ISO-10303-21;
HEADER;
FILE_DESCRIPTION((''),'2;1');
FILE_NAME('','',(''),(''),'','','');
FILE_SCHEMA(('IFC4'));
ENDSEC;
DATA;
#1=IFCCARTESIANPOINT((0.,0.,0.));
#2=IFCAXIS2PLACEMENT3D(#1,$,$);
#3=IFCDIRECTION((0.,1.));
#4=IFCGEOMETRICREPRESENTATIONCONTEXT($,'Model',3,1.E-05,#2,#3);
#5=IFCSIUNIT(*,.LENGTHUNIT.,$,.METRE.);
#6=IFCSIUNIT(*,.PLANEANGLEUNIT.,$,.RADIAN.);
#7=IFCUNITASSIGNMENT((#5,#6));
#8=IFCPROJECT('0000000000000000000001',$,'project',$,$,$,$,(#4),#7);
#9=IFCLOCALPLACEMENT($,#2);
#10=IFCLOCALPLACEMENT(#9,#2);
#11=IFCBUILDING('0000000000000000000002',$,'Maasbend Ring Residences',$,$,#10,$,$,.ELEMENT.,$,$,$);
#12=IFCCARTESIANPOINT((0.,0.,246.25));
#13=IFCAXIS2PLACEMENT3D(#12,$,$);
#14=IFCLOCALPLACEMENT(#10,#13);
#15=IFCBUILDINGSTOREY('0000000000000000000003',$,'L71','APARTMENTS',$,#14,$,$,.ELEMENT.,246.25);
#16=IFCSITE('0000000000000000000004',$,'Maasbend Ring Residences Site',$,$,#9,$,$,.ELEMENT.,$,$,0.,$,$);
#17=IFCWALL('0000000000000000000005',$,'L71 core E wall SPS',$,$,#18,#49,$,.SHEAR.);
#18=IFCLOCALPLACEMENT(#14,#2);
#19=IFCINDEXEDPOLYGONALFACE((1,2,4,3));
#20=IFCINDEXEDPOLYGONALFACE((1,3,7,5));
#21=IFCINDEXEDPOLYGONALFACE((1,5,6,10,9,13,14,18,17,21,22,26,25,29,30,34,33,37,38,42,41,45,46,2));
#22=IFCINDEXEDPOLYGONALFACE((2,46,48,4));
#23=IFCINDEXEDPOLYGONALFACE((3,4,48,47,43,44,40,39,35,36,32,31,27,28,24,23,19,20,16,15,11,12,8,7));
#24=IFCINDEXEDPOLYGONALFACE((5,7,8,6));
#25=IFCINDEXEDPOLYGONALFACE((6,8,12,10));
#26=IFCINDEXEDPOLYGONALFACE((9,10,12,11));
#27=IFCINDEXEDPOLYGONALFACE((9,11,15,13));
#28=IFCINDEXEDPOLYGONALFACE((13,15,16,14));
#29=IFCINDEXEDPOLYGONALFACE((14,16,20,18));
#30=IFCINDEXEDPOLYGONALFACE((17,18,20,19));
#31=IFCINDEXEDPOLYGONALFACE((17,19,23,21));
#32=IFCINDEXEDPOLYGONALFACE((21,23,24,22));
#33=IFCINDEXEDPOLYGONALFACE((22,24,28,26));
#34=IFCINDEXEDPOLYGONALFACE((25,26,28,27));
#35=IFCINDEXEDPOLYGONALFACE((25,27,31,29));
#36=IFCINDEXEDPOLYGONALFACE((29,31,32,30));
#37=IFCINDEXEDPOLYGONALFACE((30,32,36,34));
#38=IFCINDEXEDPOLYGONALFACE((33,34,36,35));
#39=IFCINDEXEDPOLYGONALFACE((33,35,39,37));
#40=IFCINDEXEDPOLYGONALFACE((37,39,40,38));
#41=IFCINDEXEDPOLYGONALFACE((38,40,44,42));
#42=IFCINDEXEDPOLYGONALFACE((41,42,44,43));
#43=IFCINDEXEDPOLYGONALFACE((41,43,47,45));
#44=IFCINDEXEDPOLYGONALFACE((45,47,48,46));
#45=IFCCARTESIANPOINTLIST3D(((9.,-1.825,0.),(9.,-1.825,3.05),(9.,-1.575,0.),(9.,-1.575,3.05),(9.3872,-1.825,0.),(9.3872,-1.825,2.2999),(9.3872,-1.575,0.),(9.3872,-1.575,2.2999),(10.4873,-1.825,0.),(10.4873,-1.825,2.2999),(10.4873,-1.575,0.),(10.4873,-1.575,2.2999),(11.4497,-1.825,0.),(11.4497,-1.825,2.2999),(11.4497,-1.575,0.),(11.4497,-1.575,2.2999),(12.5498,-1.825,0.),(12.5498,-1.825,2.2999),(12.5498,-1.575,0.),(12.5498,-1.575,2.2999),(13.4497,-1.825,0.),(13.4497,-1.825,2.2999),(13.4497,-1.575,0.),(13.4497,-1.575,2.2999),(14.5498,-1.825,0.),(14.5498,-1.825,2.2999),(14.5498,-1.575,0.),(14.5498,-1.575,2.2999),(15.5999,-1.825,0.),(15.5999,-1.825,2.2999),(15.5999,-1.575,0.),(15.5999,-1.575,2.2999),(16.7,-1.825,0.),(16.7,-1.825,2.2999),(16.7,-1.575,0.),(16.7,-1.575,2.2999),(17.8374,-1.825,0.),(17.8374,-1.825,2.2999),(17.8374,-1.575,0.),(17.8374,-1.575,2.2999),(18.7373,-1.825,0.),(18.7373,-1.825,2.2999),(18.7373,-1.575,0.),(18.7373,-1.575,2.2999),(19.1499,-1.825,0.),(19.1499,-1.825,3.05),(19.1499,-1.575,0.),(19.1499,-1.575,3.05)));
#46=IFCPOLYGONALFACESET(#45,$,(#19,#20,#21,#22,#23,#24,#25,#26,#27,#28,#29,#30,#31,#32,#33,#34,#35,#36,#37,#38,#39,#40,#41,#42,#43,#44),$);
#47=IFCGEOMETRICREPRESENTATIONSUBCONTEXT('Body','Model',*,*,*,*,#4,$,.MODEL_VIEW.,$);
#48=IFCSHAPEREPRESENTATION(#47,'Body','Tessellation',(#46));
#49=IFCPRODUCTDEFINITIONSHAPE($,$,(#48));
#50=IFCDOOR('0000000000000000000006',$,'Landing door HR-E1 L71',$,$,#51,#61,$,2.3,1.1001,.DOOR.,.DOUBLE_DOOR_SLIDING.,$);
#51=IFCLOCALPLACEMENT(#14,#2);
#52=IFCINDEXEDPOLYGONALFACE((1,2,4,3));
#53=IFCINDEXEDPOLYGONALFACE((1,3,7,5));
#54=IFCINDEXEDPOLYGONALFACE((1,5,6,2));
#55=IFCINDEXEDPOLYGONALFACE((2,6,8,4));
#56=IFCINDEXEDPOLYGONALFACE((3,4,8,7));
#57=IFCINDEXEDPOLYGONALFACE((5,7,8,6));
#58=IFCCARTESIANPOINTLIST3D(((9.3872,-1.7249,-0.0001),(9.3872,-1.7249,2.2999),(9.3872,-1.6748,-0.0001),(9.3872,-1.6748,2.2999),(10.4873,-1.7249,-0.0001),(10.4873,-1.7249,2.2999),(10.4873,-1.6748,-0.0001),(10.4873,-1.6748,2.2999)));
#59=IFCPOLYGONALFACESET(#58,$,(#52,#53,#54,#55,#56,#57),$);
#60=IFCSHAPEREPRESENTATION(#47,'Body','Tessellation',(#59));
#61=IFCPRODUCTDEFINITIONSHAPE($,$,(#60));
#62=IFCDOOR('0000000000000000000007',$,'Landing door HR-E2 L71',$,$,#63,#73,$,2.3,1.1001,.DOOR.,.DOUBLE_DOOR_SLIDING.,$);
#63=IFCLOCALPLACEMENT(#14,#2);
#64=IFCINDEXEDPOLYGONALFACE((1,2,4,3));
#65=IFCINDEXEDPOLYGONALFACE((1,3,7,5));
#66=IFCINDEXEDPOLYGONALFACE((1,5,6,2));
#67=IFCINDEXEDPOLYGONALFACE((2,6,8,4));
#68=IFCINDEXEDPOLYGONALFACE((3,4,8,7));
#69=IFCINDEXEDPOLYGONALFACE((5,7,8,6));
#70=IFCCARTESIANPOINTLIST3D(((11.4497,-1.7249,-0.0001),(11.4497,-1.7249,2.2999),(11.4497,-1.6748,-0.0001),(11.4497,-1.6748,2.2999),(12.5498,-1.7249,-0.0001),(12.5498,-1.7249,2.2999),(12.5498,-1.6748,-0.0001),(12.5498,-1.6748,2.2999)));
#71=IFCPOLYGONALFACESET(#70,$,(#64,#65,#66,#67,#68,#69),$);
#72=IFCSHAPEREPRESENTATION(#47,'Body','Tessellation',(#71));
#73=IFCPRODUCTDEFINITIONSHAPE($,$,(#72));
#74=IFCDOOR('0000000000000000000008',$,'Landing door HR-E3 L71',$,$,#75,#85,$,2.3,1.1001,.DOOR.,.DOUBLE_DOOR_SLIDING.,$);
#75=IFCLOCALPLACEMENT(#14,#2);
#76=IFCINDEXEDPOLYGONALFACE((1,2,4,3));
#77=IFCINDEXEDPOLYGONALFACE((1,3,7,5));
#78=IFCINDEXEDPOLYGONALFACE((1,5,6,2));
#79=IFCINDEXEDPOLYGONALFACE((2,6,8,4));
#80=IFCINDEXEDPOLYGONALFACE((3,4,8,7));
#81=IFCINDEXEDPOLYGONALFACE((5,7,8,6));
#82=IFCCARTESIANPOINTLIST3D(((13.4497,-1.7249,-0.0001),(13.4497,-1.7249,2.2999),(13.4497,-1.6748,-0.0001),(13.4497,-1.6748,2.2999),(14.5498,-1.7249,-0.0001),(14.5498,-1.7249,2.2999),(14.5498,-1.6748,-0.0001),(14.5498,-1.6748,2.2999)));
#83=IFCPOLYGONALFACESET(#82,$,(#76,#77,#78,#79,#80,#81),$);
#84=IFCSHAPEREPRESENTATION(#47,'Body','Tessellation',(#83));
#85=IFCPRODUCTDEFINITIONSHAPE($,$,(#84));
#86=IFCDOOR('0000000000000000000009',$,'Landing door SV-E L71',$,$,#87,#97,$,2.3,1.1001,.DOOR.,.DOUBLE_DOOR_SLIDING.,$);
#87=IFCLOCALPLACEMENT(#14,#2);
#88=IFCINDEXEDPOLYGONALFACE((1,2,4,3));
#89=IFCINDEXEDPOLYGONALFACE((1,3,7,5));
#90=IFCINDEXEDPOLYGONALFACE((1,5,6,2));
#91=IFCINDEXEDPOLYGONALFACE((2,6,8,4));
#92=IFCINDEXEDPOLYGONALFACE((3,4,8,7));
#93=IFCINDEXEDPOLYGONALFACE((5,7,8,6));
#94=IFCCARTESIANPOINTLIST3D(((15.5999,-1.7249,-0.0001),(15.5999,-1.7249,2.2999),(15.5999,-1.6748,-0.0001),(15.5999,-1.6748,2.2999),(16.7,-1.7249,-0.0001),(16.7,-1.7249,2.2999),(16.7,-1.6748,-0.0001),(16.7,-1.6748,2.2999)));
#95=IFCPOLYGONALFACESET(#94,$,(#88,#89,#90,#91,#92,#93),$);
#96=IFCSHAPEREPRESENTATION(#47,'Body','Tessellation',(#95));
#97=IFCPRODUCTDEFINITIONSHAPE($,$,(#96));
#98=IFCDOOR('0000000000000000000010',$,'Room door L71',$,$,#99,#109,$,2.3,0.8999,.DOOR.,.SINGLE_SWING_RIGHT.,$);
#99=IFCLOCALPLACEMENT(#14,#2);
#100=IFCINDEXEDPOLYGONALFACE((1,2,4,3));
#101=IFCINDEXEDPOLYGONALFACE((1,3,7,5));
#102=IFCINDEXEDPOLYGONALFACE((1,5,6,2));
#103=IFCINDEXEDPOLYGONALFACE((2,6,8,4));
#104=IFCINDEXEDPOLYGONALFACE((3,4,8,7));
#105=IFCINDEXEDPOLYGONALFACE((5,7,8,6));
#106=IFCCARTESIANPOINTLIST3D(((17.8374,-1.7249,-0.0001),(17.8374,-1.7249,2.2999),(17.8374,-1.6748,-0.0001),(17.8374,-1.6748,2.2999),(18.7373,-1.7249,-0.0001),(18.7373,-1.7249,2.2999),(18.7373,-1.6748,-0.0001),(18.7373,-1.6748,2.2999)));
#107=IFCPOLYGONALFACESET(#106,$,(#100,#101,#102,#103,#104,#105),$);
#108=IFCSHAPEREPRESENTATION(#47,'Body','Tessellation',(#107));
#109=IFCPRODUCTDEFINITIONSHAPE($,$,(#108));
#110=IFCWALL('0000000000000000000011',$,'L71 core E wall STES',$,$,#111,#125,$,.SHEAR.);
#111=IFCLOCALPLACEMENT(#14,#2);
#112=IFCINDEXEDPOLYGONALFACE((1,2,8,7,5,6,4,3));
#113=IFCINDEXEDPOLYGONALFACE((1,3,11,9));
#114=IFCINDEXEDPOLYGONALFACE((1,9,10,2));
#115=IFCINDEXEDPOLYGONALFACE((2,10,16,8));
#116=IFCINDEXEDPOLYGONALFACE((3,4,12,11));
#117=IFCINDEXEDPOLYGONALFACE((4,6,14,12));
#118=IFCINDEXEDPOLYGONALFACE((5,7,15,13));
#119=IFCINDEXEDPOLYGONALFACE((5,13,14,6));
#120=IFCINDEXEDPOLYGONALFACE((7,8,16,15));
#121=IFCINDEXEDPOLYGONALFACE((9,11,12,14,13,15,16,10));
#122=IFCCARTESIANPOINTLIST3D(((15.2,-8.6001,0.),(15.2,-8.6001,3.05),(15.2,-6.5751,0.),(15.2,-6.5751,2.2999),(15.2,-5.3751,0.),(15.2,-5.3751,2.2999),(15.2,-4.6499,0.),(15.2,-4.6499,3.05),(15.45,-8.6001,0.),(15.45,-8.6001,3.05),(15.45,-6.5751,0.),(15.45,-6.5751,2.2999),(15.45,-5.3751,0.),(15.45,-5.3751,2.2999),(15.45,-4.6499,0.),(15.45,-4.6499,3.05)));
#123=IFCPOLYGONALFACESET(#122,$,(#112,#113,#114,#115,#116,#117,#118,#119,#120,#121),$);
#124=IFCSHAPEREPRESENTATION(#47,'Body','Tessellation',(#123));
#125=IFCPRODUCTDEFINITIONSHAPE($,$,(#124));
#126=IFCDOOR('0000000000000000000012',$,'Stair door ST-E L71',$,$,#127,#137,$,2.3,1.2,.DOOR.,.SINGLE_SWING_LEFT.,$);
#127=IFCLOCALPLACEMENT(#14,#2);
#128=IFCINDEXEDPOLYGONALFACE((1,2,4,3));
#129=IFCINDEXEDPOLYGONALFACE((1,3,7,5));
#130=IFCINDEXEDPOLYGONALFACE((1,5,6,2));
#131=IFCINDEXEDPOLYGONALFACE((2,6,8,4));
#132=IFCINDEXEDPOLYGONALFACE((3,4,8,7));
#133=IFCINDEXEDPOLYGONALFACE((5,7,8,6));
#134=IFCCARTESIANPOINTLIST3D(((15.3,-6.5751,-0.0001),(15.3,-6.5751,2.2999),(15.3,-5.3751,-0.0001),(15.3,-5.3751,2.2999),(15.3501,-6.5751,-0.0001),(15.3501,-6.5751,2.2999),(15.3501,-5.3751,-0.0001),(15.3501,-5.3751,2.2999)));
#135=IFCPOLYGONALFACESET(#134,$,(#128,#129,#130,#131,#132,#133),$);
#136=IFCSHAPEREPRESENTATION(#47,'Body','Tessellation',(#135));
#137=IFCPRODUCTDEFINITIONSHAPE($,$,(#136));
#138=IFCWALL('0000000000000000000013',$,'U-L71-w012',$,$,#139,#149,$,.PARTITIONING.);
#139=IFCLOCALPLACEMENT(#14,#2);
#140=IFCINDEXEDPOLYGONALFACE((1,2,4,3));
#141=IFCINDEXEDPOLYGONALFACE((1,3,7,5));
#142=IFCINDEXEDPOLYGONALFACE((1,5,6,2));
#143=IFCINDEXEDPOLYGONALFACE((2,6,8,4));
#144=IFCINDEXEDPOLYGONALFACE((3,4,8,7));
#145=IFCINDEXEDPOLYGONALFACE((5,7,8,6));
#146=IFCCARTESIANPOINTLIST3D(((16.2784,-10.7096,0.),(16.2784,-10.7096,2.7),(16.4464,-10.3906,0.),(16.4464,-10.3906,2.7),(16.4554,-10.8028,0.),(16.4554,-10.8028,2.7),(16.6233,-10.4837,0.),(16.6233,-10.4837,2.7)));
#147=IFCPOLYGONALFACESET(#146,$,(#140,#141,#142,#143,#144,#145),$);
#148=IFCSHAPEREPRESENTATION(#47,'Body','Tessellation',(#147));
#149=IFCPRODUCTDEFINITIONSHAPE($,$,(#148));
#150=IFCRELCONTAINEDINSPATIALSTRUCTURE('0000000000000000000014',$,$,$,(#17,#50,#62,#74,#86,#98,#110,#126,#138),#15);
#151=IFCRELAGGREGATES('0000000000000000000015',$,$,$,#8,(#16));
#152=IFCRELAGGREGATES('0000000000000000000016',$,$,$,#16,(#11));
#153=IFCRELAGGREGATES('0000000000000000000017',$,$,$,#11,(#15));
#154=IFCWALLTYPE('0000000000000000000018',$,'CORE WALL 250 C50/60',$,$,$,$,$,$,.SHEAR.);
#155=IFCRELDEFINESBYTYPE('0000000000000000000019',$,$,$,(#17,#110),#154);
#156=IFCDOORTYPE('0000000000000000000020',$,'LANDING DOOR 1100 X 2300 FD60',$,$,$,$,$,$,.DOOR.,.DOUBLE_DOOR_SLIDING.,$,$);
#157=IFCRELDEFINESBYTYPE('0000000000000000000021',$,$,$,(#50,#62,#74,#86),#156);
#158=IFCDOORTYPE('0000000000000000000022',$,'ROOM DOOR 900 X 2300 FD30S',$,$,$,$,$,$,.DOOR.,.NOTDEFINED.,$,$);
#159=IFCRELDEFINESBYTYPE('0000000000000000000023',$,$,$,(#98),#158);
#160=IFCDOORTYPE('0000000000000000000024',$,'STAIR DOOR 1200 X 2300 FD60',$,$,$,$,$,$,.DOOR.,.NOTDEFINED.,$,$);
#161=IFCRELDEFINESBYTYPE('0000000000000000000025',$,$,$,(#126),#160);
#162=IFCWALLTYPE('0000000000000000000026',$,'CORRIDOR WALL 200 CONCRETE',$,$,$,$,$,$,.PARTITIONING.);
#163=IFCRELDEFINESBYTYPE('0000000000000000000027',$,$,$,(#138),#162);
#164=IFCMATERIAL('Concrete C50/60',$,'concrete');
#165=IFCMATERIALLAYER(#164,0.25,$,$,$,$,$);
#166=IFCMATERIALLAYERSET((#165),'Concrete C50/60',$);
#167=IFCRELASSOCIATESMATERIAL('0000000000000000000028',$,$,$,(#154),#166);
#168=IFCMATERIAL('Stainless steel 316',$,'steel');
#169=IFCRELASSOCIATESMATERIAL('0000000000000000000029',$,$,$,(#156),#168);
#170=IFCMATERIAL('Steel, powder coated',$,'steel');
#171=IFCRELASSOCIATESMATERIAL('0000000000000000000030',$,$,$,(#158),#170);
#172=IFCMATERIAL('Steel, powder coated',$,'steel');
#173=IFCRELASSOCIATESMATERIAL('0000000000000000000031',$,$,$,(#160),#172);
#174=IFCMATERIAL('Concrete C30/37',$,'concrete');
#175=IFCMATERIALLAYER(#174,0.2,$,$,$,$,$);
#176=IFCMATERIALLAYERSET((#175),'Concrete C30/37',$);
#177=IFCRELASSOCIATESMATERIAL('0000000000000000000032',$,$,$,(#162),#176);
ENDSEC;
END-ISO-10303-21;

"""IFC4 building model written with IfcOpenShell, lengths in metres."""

from ifc_helpers import new_model, si_unit, direction, frame, frame_2d, origin, place, context, subcontext, project, spatial, rectangle, extrude, material, layer, layer_set, type_object, element, fill, save


model = new_model("IFC4")

# Units and contexts
model_context = context("Model", 3, precision=1e-05, world=origin(), true_north=direction((0.0, 1.0)))
body_context = subcontext(model_context, "Body", "Model", "MODEL_VIEW")
ifc_project = project(units=[si_unit("LENGTHUNIT", "METRE"), si_unit("PLANEANGLEUNIT", "RADIAN")], contexts=[model_context])

# Site, building, storey
site_placement = place(None, origin())
site = spatial("IfcSite", under=ifc_project, at=site_placement, Name="Maasbend Ring Residences Site", CompositionType="ELEMENT", RefElevation=0.0)
building_placement = place(site_placement, origin())
building = spatial("IfcBuilding", under=site, at=building_placement, Name="Maasbend Ring Residences", CompositionType="ELEMENT")
storey_placement = place(building_placement, frame((0.0, 0.0, 246.25)))
storey = spatial("IfcBuildingStorey", under=building, at=storey_placement, Name="L71", Description="APARTMENTS", CompositionType="ELEMENT", Elevation=246.25)

# Wall, openings, doors
ifc_material_1 = material(Name="Concrete C50/60", Category="concrete")
ifc_layer_1 = layer(ifc_material_1, 0.25)
ifc_layer_set_1 = layer_set([ifc_layer_1], Name="Concrete C50/60")
wall_type_1 = type_object("IfcWallType", Name="CORE WALL 250 C50/60", PredefinedType="SHEAR", material=ifc_layer_set_1)
wall_1_placement = place(storey_placement, frame((19.1499, -1.7, 0.0), z_axis=(0.0, 0.0, 1.0), x_axis=(-1.0, 0.0, 0.0)))
wall_1 = element("IfcWall", 1, at=wall_1_placement, inside=storey, type_object=wall_type_1, Name="L71 core E wall SPS", PredefinedType="SHEAR", context=body_context, shape_type="SweptSolid", body=[
    extrude(rectangle(XDim=10.1499, YDim=0.25, at=frame_2d((5.075, 0.0))), origin(), (0.0, 0.0, 1.0), 3.05),
])
opening_1_placement = place(wall_1_placement, frame((8.6626, 0.0, 0.0)))
opening_1 = element("IfcOpeningElement", 2, at=opening_1_placement, cuts=wall_1, PredefinedType="OPENING", context=body_context, shape_type="SweptSolid", body=[
    extrude(rectangle(XDim=1.1001, YDim=2.3, at=frame_2d((0.55, 1.1499))), frame((0.0, 0.135, 0.0), z_axis=(0.0, -1.0, 0.0), x_axis=(1.0, 0.0, 0.0)), (0.0, 0.0, 1.0), 0.27),
])
opening_2_placement = place(wall_1_placement, frame((6.6001, 0.0, 0.0)))
opening_2 = element("IfcOpeningElement", 3, at=opening_2_placement, cuts=wall_1, PredefinedType="OPENING", context=body_context, shape_type="SweptSolid", body=[
    extrude(rectangle(XDim=1.1001, YDim=2.3, at=frame_2d((0.55, 1.1499))), frame((0.0, 0.135, 0.0), z_axis=(0.0, -1.0, 0.0), x_axis=(1.0, 0.0, 0.0)), (0.0, 0.0, 1.0), 0.27),
])
opening_3_placement = place(wall_1_placement, frame((4.6001, 0.0, 0.0)))
opening_3 = element("IfcOpeningElement", 4, at=opening_3_placement, cuts=wall_1, PredefinedType="OPENING", context=body_context, shape_type="SweptSolid", body=[
    extrude(rectangle(XDim=1.1001, YDim=2.3, at=frame_2d((0.55, 1.1499))), frame((0.0, 0.135, 0.0), z_axis=(0.0, -1.0, 0.0), x_axis=(1.0, 0.0, 0.0)), (0.0, 0.0, 1.0), 0.27),
])
opening_4_placement = place(wall_1_placement, frame((2.45, 0.0, 0.0)))
opening_4 = element("IfcOpeningElement", 5, at=opening_4_placement, cuts=wall_1, PredefinedType="OPENING", context=body_context, shape_type="SweptSolid", body=[
    extrude(rectangle(XDim=1.1001, YDim=2.3, at=frame_2d((0.55, 1.1499))), frame((0.0, 0.135, 0.0), z_axis=(0.0, -1.0, 0.0), x_axis=(1.0, 0.0, 0.0)), (0.0, 0.0, 1.0), 0.27),
])
opening_5_placement = place(wall_1_placement, frame((0.4126, 0.0, 0.0)))
opening_5 = element("IfcOpeningElement", 6, at=opening_5_placement, cuts=wall_1, PredefinedType="OPENING", context=body_context, shape_type="SweptSolid", body=[
    extrude(rectangle(XDim=0.8999, YDim=2.3, at=frame_2d((0.45, 1.1499))), frame((0.0, 0.135, 0.0), z_axis=(0.0, -1.0, 0.0), x_axis=(1.0, 0.0, 0.0)), (0.0, 0.0, 1.0), 0.27),
])
ifc_material_2 = material(Name="Stainless steel 316", Category="steel")
door_type_1 = type_object("IfcDoorType", Name="LANDING DOOR 1100 X 2300 FD60", OperationType="DOUBLE_DOOR_SLIDING", PredefinedType="DOOR", material=ifc_material_2)
door_1_placement = place(opening_1_placement, origin())
door_1 = element("IfcDoor", 7, at=door_1_placement, inside=storey, type_object=door_type_1, Name="Landing door HR-E1 L71", OperationType="DOUBLE_DOOR_SLIDING", OverallHeight=2.3, OverallWidth=1.1001, PredefinedType="DOOR", context=body_context, shape_type="SweptSolid", body=[
    extrude(rectangle(XDim=1.1001, YDim=2.3, at=frame_2d((0.55, 1.1499))), frame((0.0, 0.0249, 0.0), z_axis=(0.0, -1.0, 0.0), x_axis=(1.0, 0.0, 0.0)), (0.0, 0.0, 1.0), 0.05),
])
fill(opening_1, door_1)
door_2_placement = place(opening_2_placement, origin())
door_2 = element("IfcDoor", 8, at=door_2_placement, inside=storey, type_object=door_type_1, Name="Landing door HR-E2 L71", OperationType="DOUBLE_DOOR_SLIDING", OverallHeight=2.3, OverallWidth=1.1001, PredefinedType="DOOR", context=body_context, shape_type="SweptSolid", body=[
    extrude(rectangle(XDim=1.1001, YDim=2.3, at=frame_2d((0.55, 1.1499))), frame((0.0, 0.0249, 0.0), z_axis=(0.0, -1.0, 0.0), x_axis=(1.0, 0.0, 0.0)), (0.0, 0.0, 1.0), 0.05),
])
fill(opening_2, door_2)
door_3_placement = place(opening_3_placement, origin())
door_3 = element("IfcDoor", 9, at=door_3_placement, inside=storey, type_object=door_type_1, Name="Landing door HR-E3 L71", OperationType="DOUBLE_DOOR_SLIDING", OverallHeight=2.3, OverallWidth=1.1001, PredefinedType="DOOR", context=body_context, shape_type="SweptSolid", body=[
    extrude(rectangle(XDim=1.1001, YDim=2.3, at=frame_2d((0.55, 1.1499))), frame((0.0, 0.0249, 0.0), z_axis=(0.0, -1.0, 0.0), x_axis=(1.0, 0.0, 0.0)), (0.0, 0.0, 1.0), 0.05),
])
fill(opening_3, door_3)
door_4_placement = place(opening_4_placement, origin())
door_4 = element("IfcDoor", 10, at=door_4_placement, inside=storey, type_object=door_type_1, Name="Landing door SV-E L71", OperationType="DOUBLE_DOOR_SLIDING", OverallHeight=2.3, OverallWidth=1.1001, PredefinedType="DOOR", context=body_context, shape_type="SweptSolid", body=[
    extrude(rectangle(XDim=1.1001, YDim=2.3, at=frame_2d((0.55, 1.1499))), frame((0.0, 0.0249, 0.0), z_axis=(0.0, -1.0, 0.0), x_axis=(1.0, 0.0, 0.0)), (0.0, 0.0, 1.0), 0.05),
])
fill(opening_4, door_4)
ifc_material_3 = material(Name="Steel, powder coated", Category="steel")
door_type_2 = type_object("IfcDoorType", Name="ROOM DOOR 900 X 2300 FD30S", OperationType="NOTDEFINED", PredefinedType="DOOR", material=ifc_material_3)
door_5_placement = place(opening_5_placement, origin())
door_5 = element("IfcDoor", 11, at=door_5_placement, inside=storey, type_object=door_type_2, Name="Room door L71", OperationType="SINGLE_SWING_RIGHT", OverallHeight=2.3, OverallWidth=0.8999, PredefinedType="DOOR", context=body_context, shape_type="SweptSolid", body=[
    extrude(rectangle(XDim=0.8999, YDim=2.3, at=frame_2d((0.45, 1.1499))), frame((0.0, 0.0249, 0.0), z_axis=(0.0, -1.0, 0.0), x_axis=(1.0, 0.0, 0.0)), (0.0, 0.0, 1.0), 0.05),
])
fill(opening_5, door_5)

# Wall, opening, door
wall_2_placement = place(storey_placement, frame((15.325, -8.6001, 0.0), z_axis=(0.0, 0.0, 1.0), x_axis=(0.0, 1.0, 0.0)))
wall_2 = element("IfcWall", 12, at=wall_2_placement, inside=storey, type_object=wall_type_1, Name="L71 core E wall STES", PredefinedType="SHEAR", context=body_context, shape_type="SweptSolid", body=[
    extrude(rectangle(XDim=3.9502, YDim=0.25, at=frame_2d((1.9751, 0.0))), origin(), (0.0, 0.0, 1.0), 3.05),
])
opening_6_placement = place(wall_2_placement, frame((2.0249, 0.0, 0.0)))
opening_6 = element("IfcOpeningElement", 13, at=opening_6_placement, cuts=wall_2, PredefinedType="OPENING", context=body_context, shape_type="SweptSolid", body=[
    extrude(rectangle(XDim=1.2, YDim=2.3, at=frame_2d((0.6001, 1.1499))), frame((0.0, 0.135, 0.0), z_axis=(0.0, -1.0, 0.0), x_axis=(1.0, 0.0, 0.0)), (0.0, 0.0, 1.0), 0.27),
])
ifc_material_4 = material(Name="Steel, powder coated", Category="steel")
door_type_3 = type_object("IfcDoorType", Name="STAIR DOOR 1200 X 2300 FD60", OperationType="NOTDEFINED", PredefinedType="DOOR", material=ifc_material_4)
door_6_placement = place(opening_6_placement, origin())
door_6 = element("IfcDoor", 14, at=door_6_placement, inside=storey, type_object=door_type_3, Name="Stair door ST-E L71", OperationType="SINGLE_SWING_LEFT", OverallHeight=2.3, OverallWidth=1.2, PredefinedType="DOOR", context=body_context, shape_type="SweptSolid", body=[
    extrude(rectangle(XDim=1.2, YDim=2.3, at=frame_2d((0.6001, 1.1499))), frame((0.0, 0.0249, 0.0), z_axis=(0.0, -1.0, 0.0), x_axis=(1.0, 0.0, 0.0)), (0.0, 0.0, 1.0), 0.05),
])
fill(opening_6, door_6)

# Wall
ifc_material_5 = material(Name="Concrete C30/37", Category="concrete")
ifc_layer_2 = layer(ifc_material_5, 0.2)
ifc_layer_set_2 = layer_set([ifc_layer_2], Name="Concrete C30/37")
wall_type_2 = type_object("IfcWallType", Name="CORRIDOR WALL 200 CONCRETE", PredefinedType="PARTITIONING", material=ifc_layer_set_2)
wall_3_placement = place(storey_placement, frame((16.3669, -10.7561, 0.0), z_axis=(0.0, 0.0, 1.0), x_axis=(0.465802, 0.884889, 0.0)))
element("IfcWall", 15, at=wall_3_placement, inside=storey, type_object=wall_type_2, Name="U-L71-w012", PredefinedType="PARTITIONING", context=body_context, shape_type="SweptSolid", body=[
    extrude(rectangle(XDim=0.3606, YDim=0.2, at=frame_2d((0.1802, 0.0))), origin(), (0.0, 0.0, 1.0), 2.7),
])

save(model, "model.ifc")
